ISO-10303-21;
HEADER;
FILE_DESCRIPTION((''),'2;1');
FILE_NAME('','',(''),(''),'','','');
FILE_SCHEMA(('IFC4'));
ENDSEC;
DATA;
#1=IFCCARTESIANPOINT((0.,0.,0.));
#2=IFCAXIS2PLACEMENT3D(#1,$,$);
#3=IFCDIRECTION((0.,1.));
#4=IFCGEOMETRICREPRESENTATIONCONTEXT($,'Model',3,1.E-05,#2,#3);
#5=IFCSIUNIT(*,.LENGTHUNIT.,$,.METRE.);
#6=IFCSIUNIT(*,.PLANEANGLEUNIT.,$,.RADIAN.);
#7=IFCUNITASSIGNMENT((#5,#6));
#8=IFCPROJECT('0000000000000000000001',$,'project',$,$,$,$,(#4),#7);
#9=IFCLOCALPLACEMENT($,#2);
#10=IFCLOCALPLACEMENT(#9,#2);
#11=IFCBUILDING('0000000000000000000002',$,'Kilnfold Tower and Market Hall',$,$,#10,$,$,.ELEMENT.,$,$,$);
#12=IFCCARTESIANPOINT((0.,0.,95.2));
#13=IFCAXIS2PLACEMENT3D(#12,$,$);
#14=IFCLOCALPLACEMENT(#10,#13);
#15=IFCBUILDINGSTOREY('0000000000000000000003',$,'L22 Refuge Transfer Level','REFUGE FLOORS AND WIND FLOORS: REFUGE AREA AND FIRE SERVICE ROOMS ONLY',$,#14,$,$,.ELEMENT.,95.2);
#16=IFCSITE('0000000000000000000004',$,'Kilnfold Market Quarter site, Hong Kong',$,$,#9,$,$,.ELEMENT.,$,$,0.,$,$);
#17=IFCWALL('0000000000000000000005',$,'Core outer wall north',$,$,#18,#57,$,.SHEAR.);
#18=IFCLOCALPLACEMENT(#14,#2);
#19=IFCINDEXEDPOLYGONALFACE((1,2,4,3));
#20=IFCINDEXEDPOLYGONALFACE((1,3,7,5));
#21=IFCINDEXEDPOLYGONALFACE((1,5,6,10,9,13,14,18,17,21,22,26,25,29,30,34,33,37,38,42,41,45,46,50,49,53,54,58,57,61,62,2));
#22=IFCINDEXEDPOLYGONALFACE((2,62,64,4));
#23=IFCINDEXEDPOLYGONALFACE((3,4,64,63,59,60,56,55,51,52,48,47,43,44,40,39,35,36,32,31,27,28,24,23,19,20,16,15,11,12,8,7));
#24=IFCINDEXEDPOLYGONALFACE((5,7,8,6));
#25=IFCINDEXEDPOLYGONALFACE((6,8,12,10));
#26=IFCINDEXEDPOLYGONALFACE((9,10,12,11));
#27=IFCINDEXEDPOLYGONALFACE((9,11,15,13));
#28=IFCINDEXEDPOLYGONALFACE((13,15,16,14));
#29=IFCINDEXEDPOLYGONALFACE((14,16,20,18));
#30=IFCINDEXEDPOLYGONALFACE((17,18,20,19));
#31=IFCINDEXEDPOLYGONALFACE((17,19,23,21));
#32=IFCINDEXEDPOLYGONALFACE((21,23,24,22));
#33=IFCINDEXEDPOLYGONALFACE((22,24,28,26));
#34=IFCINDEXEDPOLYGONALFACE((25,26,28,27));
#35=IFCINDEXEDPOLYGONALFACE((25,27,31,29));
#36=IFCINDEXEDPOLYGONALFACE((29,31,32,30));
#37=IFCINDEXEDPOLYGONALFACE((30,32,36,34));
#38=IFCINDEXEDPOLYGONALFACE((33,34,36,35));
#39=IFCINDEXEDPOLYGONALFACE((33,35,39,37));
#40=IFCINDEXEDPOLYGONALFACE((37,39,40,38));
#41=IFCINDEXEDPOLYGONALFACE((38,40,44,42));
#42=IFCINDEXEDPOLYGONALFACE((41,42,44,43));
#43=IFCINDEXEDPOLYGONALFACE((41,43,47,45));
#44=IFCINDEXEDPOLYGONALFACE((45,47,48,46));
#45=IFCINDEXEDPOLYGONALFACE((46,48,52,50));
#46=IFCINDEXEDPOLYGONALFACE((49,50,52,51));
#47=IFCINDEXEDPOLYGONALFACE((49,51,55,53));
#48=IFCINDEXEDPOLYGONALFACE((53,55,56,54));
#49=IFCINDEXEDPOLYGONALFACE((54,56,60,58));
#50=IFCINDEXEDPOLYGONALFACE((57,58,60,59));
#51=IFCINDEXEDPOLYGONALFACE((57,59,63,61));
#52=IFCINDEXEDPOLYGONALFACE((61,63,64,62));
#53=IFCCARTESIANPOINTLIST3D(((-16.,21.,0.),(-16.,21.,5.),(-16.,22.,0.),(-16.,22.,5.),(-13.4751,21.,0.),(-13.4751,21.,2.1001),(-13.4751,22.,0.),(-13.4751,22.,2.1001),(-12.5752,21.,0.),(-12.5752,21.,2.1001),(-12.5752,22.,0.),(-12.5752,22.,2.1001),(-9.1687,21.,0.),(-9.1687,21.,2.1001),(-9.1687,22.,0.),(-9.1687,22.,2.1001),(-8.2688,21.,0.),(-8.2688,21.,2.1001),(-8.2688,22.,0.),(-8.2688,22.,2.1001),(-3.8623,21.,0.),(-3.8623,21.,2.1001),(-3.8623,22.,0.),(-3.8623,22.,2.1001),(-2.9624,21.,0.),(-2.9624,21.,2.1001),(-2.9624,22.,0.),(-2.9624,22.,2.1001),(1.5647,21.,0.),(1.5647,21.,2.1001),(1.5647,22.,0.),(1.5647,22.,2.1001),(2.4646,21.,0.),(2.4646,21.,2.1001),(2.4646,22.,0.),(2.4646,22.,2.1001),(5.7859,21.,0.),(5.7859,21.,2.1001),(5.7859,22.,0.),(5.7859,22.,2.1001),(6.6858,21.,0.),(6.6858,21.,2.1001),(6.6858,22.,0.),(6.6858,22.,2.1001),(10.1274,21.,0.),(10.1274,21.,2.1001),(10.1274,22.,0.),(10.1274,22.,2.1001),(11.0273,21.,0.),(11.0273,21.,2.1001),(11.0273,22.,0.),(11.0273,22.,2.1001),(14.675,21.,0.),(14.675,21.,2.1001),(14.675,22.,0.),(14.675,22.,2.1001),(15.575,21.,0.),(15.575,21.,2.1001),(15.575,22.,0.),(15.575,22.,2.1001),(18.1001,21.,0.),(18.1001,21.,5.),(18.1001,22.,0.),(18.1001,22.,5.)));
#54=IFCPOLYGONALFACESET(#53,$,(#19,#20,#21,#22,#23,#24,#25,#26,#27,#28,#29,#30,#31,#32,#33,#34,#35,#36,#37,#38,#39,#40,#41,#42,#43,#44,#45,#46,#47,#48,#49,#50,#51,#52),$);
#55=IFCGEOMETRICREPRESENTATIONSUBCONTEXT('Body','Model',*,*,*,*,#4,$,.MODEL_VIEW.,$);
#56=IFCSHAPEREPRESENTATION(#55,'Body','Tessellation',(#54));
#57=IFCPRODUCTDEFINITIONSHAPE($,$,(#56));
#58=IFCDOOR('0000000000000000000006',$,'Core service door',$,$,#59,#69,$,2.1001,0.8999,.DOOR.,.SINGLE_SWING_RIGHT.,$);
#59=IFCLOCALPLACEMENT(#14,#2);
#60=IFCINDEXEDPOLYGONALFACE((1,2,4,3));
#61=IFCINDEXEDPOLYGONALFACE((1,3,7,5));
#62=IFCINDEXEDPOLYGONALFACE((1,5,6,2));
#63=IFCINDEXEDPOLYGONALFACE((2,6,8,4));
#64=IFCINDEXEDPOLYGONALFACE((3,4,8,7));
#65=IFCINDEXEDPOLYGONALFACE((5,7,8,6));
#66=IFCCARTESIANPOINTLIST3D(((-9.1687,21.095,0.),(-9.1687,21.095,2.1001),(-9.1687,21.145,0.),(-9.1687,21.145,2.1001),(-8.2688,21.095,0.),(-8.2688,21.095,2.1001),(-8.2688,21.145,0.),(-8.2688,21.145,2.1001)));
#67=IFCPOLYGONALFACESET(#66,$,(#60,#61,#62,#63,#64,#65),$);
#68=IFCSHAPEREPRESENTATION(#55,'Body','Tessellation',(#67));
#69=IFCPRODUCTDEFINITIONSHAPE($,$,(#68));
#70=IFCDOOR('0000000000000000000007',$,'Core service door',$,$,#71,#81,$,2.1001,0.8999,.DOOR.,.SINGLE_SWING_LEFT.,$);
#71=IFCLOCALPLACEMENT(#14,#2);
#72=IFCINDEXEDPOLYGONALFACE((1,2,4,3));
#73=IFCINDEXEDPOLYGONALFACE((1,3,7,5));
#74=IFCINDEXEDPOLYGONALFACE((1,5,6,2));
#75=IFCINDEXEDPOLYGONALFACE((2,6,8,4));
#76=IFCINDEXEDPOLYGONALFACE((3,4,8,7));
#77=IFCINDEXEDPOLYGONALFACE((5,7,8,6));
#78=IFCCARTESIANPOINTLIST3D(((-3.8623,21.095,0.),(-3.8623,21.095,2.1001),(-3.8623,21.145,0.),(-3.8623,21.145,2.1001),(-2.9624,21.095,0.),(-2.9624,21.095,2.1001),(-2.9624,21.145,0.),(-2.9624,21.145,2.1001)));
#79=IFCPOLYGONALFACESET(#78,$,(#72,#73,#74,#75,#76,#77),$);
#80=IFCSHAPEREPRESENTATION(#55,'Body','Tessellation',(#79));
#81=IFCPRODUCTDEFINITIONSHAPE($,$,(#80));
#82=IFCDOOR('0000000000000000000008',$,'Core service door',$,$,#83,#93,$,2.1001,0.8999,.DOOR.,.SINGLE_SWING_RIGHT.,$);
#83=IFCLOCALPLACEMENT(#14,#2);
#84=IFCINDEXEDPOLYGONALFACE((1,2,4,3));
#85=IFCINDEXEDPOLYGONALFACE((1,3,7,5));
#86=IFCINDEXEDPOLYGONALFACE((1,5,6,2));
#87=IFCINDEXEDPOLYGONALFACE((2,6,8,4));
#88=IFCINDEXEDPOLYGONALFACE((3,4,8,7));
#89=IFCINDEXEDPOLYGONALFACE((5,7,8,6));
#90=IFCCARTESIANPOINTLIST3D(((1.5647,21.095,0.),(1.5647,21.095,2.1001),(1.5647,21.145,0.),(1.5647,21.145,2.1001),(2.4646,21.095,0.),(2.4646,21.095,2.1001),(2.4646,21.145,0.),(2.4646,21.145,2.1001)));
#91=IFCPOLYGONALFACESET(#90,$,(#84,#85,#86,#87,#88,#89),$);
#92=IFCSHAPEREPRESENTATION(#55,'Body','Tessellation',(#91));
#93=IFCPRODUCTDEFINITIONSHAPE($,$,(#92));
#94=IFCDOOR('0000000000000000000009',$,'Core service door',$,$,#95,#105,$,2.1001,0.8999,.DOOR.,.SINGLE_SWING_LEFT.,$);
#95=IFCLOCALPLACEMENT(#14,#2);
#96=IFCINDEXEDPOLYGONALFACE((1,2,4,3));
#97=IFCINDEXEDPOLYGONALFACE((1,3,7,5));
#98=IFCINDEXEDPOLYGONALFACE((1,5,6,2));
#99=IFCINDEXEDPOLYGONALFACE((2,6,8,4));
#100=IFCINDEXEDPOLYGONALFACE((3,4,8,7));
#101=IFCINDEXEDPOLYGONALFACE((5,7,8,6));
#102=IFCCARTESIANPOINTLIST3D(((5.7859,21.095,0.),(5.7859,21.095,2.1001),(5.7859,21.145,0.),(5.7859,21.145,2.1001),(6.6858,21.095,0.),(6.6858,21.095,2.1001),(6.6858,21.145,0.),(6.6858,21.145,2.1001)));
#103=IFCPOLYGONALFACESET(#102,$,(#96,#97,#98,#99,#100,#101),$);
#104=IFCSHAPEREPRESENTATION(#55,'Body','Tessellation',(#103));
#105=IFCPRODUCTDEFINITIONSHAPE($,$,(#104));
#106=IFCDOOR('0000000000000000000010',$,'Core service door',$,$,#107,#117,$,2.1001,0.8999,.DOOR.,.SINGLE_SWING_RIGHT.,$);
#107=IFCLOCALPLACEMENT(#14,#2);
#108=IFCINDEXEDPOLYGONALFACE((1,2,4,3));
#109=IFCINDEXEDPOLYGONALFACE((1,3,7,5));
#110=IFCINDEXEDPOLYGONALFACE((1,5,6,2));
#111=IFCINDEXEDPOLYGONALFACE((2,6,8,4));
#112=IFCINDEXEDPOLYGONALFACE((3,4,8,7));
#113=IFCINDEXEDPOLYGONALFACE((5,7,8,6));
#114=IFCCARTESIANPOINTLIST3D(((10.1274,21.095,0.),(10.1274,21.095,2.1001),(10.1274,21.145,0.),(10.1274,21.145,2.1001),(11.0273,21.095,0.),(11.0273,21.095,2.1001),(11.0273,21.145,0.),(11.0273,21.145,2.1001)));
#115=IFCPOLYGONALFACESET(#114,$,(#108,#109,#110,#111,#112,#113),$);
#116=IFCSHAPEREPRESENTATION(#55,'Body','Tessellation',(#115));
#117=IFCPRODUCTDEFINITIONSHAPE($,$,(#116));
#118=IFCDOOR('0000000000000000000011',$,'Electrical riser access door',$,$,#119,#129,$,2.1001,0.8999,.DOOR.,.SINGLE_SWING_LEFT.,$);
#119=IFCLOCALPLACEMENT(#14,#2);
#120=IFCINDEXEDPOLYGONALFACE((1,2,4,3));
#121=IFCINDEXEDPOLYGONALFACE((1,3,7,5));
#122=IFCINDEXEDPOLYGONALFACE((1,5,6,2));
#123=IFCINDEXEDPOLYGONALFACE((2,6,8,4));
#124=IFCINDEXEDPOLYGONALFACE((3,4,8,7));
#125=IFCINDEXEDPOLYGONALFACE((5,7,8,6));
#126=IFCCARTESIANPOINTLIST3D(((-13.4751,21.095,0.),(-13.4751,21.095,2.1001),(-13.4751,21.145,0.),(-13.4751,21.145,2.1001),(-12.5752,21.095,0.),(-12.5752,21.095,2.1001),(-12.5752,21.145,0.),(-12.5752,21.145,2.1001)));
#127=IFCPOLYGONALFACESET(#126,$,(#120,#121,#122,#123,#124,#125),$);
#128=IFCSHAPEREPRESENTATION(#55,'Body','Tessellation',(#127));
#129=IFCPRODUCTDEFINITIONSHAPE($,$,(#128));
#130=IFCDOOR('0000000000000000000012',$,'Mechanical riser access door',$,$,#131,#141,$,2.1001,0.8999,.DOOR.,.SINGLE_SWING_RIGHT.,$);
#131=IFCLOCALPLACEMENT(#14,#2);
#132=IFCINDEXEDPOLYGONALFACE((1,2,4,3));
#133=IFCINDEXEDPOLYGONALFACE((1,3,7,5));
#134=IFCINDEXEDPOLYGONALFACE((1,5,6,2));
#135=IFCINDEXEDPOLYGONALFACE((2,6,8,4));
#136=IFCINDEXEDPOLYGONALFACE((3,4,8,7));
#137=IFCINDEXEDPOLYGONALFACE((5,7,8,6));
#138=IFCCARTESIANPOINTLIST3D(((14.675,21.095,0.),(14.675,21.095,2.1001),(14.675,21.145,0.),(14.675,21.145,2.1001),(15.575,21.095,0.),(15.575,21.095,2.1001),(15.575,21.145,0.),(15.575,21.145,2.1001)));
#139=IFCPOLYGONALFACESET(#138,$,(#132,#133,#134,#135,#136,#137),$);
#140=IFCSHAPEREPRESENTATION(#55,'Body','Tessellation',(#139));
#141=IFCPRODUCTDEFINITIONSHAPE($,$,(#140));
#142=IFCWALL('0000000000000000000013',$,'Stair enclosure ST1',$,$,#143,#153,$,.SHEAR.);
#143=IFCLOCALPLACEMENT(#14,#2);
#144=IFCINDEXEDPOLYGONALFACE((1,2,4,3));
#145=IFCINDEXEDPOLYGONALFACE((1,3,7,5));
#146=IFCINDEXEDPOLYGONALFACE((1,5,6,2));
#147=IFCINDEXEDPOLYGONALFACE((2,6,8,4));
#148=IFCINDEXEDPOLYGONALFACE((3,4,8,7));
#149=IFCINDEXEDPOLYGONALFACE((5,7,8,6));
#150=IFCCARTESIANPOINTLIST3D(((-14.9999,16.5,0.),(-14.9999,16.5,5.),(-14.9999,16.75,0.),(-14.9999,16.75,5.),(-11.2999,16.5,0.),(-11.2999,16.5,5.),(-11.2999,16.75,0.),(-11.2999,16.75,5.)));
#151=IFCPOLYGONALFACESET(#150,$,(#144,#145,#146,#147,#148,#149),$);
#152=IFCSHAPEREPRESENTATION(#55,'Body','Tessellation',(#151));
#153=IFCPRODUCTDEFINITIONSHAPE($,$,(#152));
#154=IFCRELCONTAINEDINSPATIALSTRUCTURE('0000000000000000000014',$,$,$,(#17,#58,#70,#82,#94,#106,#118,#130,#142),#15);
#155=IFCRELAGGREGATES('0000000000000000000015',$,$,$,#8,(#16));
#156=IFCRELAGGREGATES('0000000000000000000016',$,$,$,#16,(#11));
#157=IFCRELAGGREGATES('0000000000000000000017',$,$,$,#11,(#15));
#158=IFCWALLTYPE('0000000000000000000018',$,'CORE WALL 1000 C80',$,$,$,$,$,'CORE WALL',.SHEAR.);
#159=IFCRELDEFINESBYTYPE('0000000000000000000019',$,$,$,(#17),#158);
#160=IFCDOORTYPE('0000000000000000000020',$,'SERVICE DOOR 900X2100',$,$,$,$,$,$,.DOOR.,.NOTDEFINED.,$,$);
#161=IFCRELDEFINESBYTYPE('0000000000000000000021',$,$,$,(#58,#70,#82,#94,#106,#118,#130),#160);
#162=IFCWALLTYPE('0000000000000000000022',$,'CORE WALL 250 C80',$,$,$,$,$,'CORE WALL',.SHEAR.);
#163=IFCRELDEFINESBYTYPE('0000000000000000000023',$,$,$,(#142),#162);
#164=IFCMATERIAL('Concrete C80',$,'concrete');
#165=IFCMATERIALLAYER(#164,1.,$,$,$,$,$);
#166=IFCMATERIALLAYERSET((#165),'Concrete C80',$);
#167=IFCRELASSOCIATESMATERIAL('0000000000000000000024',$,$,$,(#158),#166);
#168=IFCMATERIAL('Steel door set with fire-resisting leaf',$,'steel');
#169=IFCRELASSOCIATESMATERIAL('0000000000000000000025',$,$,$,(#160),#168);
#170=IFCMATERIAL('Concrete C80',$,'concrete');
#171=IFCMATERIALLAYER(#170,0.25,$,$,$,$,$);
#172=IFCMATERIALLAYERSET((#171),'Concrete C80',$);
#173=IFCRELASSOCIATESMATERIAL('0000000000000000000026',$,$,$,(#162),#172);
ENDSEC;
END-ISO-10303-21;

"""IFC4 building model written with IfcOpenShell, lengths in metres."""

from ifc_helpers import new_model, si_unit, direction, frame, frame_2d, origin, place, context, subcontext, project, spatial, rectangle, extrude, source, transform, mapped, material, layer, layer_set, type_object, element, fill, save


model = new_model("IFC4")

# Units and contexts
model_context = context("Model", 3, precision=1e-05, world=origin(), true_north=direction((0.0, 1.0)))
body_context = subcontext(model_context, "Body", "Model", "MODEL_VIEW")
ifc_project = project(units=[si_unit("LENGTHUNIT", "METRE"), si_unit("PLANEANGLEUNIT", "RADIAN")], contexts=[model_context])

# Site, building, storey
site_placement = place(None, origin())
site = spatial("IfcSite", under=ifc_project, at=site_placement, Name="Kilnfold Market Quarter site, Hong Kong", CompositionType="ELEMENT", RefElevation=0.0)
building_placement = place(site_placement, origin())
building = spatial("IfcBuilding", under=site, at=building_placement, Name="Kilnfold Tower and Market Hall", CompositionType="ELEMENT")
storey_placement = place(building_placement, frame((0.0, 0.0, 95.2)))
storey = spatial("IfcBuildingStorey", under=building, at=storey_placement, Name="L22 Refuge Transfer Level", Description="REFUGE FLOORS AND WIND FLOORS: REFUGE AREA AND FIRE SERVICE ROOMS ONLY", CompositionType="ELEMENT", Elevation=95.2)

# Wall, openings, doors
ifc_material_1 = material(Name="Concrete C80", Category="concrete")
ifc_layer_1 = layer(ifc_material_1, 1.0)
ifc_layer_set_1 = layer_set([ifc_layer_1], Name="Concrete C80")
wall_type_1 = type_object("IfcWallType", Name="CORE WALL 1000 C80", ElementType="CORE WALL", PredefinedType="SHEAR", material=ifc_layer_set_1)
shared_shape_1 = source(origin(), body_context, "Body", "SweptSolid", [
    extrude(rectangle(XDim=34.1001, YDim=1.0, at=frame_2d((17.05, 0.0))), origin(), (0.0, 0.0, 1.0), 5.0),
])
wall_1_placement = place(storey_placement, frame((-16.0, 21.5, 0.0), z_axis=(0.0, 0.0, 1.0), x_axis=(1.0, 0.0, 0.0)))
wall_1 = element("IfcWall", 1, at=wall_1_placement, inside=storey, type_object=wall_type_1, Name="Core outer wall north", PredefinedType="SHEAR", context=body_context, shape_type="MappedRepresentation", body=[
    mapped(shared_shape_1, transform((0.0, 0.0, 0.0))),
])
opening_1_placement = place(wall_1_placement, frame((6.8313, 0.0, 0.0)))
opening_1 = element("IfcOpeningElement", 2, at=opening_1_placement, cuts=wall_1, PredefinedType="OPENING", context=body_context, shape_type="SweptSolid", body=[
    extrude(rectangle(XDim=0.8999, YDim=2.1001, at=frame_2d((0.45, 1.05))), frame((0.0, 0.51, 0.0), z_axis=(0.0, -1.0, 0.0), x_axis=(1.0, 0.0, 0.0)), (0.0, 0.0, 1.0), 1.02),
])
opening_2_placement = place(wall_1_placement, frame((12.1377, 0.0, 0.0)))
opening_2 = element("IfcOpeningElement", 3, at=opening_2_placement, cuts=wall_1, PredefinedType="OPENING", context=body_context, shape_type="SweptSolid", body=[
    extrude(rectangle(XDim=0.8999, YDim=2.1001, at=frame_2d((0.45, 1.05))), frame((0.0, 0.51, 0.0), z_axis=(0.0, -1.0, 0.0), x_axis=(1.0, 0.0, 0.0)), (0.0, 0.0, 1.0), 1.02),
])
opening_3_placement = place(wall_1_placement, frame((17.5647, 0.0, 0.0)))
opening_3 = element("IfcOpeningElement", 4, at=opening_3_placement, cuts=wall_1, PredefinedType="OPENING", context=body_context, shape_type="SweptSolid", body=[
    extrude(rectangle(XDim=0.8999, YDim=2.1001, at=frame_2d((0.45, 1.05))), frame((0.0, 0.51, 0.0), z_axis=(0.0, -1.0, 0.0), x_axis=(1.0, 0.0, 0.0)), (0.0, 0.0, 1.0), 1.02),
])
opening_4_placement = place(wall_1_placement, frame((21.7859, 0.0, 0.0)))
opening_4 = element("IfcOpeningElement", 5, at=opening_4_placement, cuts=wall_1, PredefinedType="OPENING", context=body_context, shape_type="SweptSolid", body=[
    extrude(rectangle(XDim=0.8999, YDim=2.1001, at=frame_2d((0.45, 1.05))), frame((0.0, 0.51, 0.0), z_axis=(0.0, -1.0, 0.0), x_axis=(1.0, 0.0, 0.0)), (0.0, 0.0, 1.0), 1.02),
])
opening_5_placement = place(wall_1_placement, frame((26.1274, 0.0, 0.0)))
opening_5 = element("IfcOpeningElement", 6, at=opening_5_placement, cuts=wall_1, PredefinedType="OPENING", context=body_context, shape_type="SweptSolid", body=[
    extrude(rectangle(XDim=0.8999, YDim=2.1001, at=frame_2d((0.45, 1.05))), frame((0.0, 0.51, 0.0), z_axis=(0.0, -1.0, 0.0), x_axis=(1.0, 0.0, 0.0)), (0.0, 0.0, 1.0), 1.02),
])
opening_6_placement = place(wall_1_placement, frame((2.5249, 0.0, 0.0)))
opening_6 = element("IfcOpeningElement", 7, at=opening_6_placement, cuts=wall_1, PredefinedType="OPENING", context=body_context, shape_type="SweptSolid", body=[
    extrude(rectangle(XDim=0.8999, YDim=2.1001, at=frame_2d((0.45, 1.05))), frame((0.0, 0.51, 0.0), z_axis=(0.0, -1.0, 0.0), x_axis=(1.0, 0.0, 0.0)), (0.0, 0.0, 1.0), 1.02),
])
opening_7_placement = place(wall_1_placement, frame((30.675, 0.0, 0.0)))
opening_7 = element("IfcOpeningElement", 8, at=opening_7_placement, cuts=wall_1, PredefinedType="OPENING", context=body_context, shape_type="SweptSolid", body=[
    extrude(rectangle(XDim=0.8999, YDim=2.1001, at=frame_2d((0.45, 1.05))), frame((0.0, 0.51, 0.0), z_axis=(0.0, -1.0, 0.0), x_axis=(1.0, 0.0, 0.0)), (0.0, 0.0, 1.0), 1.02),
])
ifc_material_2 = material(Name="Steel door set with fire-resisting leaf", Category="steel")
door_type = type_object("IfcDoorType", Name="SERVICE DOOR 900X2100", OperationType="NOTDEFINED", PredefinedType="DOOR", material=ifc_material_2)
door_1_placement = place(opening_1_placement, origin())
door_1 = element("IfcDoor", 9, at=door_1_placement, inside=storey, type_object=door_type, Name="Core service door", OperationType="SINGLE_SWING_RIGHT", OverallHeight=2.1001, OverallWidth=0.8999, PredefinedType="DOOR", context=body_context, shape_type="SweptSolid", body=[
    extrude(rectangle(XDim=0.8999, YDim=2.1001, at=frame_2d((0.45, 1.05))), frame((0.0, -0.355, 0.0), z_axis=(0.0, -1.0, 0.0), x_axis=(1.0, 0.0, 0.0)), (0.0, 0.0, 1.0), 0.05),
])
fill(opening_1, door_1)
door_2_placement = place(opening_2_placement, origin())
door_2 = element("IfcDoor", 10, at=door_2_placement, inside=storey, type_object=door_type, Name="Core service door", OperationType="SINGLE_SWING_LEFT", OverallHeight=2.1001, OverallWidth=0.8999, PredefinedType="DOOR", context=body_context, shape_type="SweptSolid", body=[
    extrude(rectangle(XDim=0.8999, YDim=2.1001, at=frame_2d((0.45, 1.05))), frame((0.0, -0.355, 0.0), z_axis=(0.0, -1.0, 0.0), x_axis=(1.0, 0.0, 0.0)), (0.0, 0.0, 1.0), 0.05),
])
fill(opening_2, door_2)
door_3_placement = place(opening_3_placement, origin())
door_3 = element("IfcDoor", 11, at=door_3_placement, inside=storey, type_object=door_type, Name="Core service door", OperationType="SINGLE_SWING_RIGHT", OverallHeight=2.1001, OverallWidth=0.8999, PredefinedType="DOOR", context=body_context, shape_type="SweptSolid", body=[
    extrude(rectangle(XDim=0.8999, YDim=2.1001, at=frame_2d((0.45, 1.05))), frame((0.0, -0.355, 0.0), z_axis=(0.0, -1.0, 0.0), x_axis=(1.0, 0.0, 0.0)), (0.0, 0.0, 1.0), 0.05),
])
fill(opening_3, door_3)
door_4_placement = place(opening_4_placement, origin())
door_4 = element("IfcDoor", 12, at=door_4_placement, inside=storey, type_object=door_type, Name="Core service door", OperationType="SINGLE_SWING_LEFT", OverallHeight=2.1001, OverallWidth=0.8999, PredefinedType="DOOR", context=body_context, shape_type="SweptSolid", body=[
    extrude(rectangle(XDim=0.8999, YDim=2.1001, at=frame_2d((0.45, 1.05))), frame((0.0, -0.355, 0.0), z_axis=(0.0, -1.0, 0.0), x_axis=(1.0, 0.0, 0.0)), (0.0, 0.0, 1.0), 0.05),
])
fill(opening_4, door_4)
door_5_placement = place(opening_5_placement, origin())
door_5 = element("IfcDoor", 13, at=door_5_placement, inside=storey, type_object=door_type, Name="Core service door", OperationType="SINGLE_SWING_RIGHT", OverallHeight=2.1001, OverallWidth=0.8999, PredefinedType="DOOR", context=body_context, shape_type="SweptSolid", body=[
    extrude(rectangle(XDim=0.8999, YDim=2.1001, at=frame_2d((0.45, 1.05))), frame((0.0, -0.355, 0.0), z_axis=(0.0, -1.0, 0.0), x_axis=(1.0, 0.0, 0.0)), (0.0, 0.0, 1.0), 0.05),
])
fill(opening_5, door_5)
door_6_placement = place(opening_6_placement, origin())
door_6 = element("IfcDoor", 14, at=door_6_placement, inside=storey, type_object=door_type, Name="Electrical riser access door", OperationType="SINGLE_SWING_LEFT", OverallHeight=2.1001, OverallWidth=0.8999, PredefinedType="DOOR", context=body_context, shape_type="SweptSolid", body=[
    extrude(rectangle(XDim=0.8999, YDim=2.1001, at=frame_2d((0.45, 1.05))), frame((0.0, -0.355, 0.0), z_axis=(0.0, -1.0, 0.0), x_axis=(1.0, 0.0, 0.0)), (0.0, 0.0, 1.0), 0.05),
])
fill(opening_6, door_6)
door_7_placement = place(opening_7_placement, origin())
door_7 = element("IfcDoor", 15, at=door_7_placement, inside=storey, type_object=door_type, Name="Mechanical riser access door", OperationType="SINGLE_SWING_RIGHT", OverallHeight=2.1001, OverallWidth=0.8999, PredefinedType="DOOR", context=body_context, shape_type="SweptSolid", body=[
    extrude(rectangle(XDim=0.8999, YDim=2.1001, at=frame_2d((0.45, 1.05))), frame((0.0, -0.355, 0.0), z_axis=(0.0, -1.0, 0.0), x_axis=(1.0, 0.0, 0.0)), (0.0, 0.0, 1.0), 0.05),
])
fill(opening_7, door_7)

# Wall
ifc_material_3 = material(Name="Concrete C80", Category="concrete")
ifc_layer_2 = layer(ifc_material_3, 0.25)
ifc_layer_set_2 = layer_set([ifc_layer_2], Name="Concrete C80")
wall_type_2 = type_object("IfcWallType", Name="CORE WALL 250 C80", ElementType="CORE WALL", PredefinedType="SHEAR", material=ifc_layer_set_2)
shared_shape_2 = source(origin(), body_context, "Body", "SweptSolid", [
    extrude(rectangle(XDim=3.7, YDim=0.25, at=frame_2d((1.8501, 0.0))), origin(), (0.0, 0.0, 1.0), 5.0),
])
wall_2_placement = place(storey_placement, frame((-15.0, 16.625, 0.0), z_axis=(0.0, 0.0, 1.0), x_axis=(1.0, 0.0, 0.0)))
element("IfcWall", 16, at=wall_2_placement, inside=storey, type_object=wall_type_2, Name="Stair enclosure ST1", PredefinedType="SHEAR", context=body_context, shape_type="MappedRepresentation", body=[
    mapped(shared_shape_2, transform((0.0, 0.0, 0.0))),
])

save(model, "model.ifc")
